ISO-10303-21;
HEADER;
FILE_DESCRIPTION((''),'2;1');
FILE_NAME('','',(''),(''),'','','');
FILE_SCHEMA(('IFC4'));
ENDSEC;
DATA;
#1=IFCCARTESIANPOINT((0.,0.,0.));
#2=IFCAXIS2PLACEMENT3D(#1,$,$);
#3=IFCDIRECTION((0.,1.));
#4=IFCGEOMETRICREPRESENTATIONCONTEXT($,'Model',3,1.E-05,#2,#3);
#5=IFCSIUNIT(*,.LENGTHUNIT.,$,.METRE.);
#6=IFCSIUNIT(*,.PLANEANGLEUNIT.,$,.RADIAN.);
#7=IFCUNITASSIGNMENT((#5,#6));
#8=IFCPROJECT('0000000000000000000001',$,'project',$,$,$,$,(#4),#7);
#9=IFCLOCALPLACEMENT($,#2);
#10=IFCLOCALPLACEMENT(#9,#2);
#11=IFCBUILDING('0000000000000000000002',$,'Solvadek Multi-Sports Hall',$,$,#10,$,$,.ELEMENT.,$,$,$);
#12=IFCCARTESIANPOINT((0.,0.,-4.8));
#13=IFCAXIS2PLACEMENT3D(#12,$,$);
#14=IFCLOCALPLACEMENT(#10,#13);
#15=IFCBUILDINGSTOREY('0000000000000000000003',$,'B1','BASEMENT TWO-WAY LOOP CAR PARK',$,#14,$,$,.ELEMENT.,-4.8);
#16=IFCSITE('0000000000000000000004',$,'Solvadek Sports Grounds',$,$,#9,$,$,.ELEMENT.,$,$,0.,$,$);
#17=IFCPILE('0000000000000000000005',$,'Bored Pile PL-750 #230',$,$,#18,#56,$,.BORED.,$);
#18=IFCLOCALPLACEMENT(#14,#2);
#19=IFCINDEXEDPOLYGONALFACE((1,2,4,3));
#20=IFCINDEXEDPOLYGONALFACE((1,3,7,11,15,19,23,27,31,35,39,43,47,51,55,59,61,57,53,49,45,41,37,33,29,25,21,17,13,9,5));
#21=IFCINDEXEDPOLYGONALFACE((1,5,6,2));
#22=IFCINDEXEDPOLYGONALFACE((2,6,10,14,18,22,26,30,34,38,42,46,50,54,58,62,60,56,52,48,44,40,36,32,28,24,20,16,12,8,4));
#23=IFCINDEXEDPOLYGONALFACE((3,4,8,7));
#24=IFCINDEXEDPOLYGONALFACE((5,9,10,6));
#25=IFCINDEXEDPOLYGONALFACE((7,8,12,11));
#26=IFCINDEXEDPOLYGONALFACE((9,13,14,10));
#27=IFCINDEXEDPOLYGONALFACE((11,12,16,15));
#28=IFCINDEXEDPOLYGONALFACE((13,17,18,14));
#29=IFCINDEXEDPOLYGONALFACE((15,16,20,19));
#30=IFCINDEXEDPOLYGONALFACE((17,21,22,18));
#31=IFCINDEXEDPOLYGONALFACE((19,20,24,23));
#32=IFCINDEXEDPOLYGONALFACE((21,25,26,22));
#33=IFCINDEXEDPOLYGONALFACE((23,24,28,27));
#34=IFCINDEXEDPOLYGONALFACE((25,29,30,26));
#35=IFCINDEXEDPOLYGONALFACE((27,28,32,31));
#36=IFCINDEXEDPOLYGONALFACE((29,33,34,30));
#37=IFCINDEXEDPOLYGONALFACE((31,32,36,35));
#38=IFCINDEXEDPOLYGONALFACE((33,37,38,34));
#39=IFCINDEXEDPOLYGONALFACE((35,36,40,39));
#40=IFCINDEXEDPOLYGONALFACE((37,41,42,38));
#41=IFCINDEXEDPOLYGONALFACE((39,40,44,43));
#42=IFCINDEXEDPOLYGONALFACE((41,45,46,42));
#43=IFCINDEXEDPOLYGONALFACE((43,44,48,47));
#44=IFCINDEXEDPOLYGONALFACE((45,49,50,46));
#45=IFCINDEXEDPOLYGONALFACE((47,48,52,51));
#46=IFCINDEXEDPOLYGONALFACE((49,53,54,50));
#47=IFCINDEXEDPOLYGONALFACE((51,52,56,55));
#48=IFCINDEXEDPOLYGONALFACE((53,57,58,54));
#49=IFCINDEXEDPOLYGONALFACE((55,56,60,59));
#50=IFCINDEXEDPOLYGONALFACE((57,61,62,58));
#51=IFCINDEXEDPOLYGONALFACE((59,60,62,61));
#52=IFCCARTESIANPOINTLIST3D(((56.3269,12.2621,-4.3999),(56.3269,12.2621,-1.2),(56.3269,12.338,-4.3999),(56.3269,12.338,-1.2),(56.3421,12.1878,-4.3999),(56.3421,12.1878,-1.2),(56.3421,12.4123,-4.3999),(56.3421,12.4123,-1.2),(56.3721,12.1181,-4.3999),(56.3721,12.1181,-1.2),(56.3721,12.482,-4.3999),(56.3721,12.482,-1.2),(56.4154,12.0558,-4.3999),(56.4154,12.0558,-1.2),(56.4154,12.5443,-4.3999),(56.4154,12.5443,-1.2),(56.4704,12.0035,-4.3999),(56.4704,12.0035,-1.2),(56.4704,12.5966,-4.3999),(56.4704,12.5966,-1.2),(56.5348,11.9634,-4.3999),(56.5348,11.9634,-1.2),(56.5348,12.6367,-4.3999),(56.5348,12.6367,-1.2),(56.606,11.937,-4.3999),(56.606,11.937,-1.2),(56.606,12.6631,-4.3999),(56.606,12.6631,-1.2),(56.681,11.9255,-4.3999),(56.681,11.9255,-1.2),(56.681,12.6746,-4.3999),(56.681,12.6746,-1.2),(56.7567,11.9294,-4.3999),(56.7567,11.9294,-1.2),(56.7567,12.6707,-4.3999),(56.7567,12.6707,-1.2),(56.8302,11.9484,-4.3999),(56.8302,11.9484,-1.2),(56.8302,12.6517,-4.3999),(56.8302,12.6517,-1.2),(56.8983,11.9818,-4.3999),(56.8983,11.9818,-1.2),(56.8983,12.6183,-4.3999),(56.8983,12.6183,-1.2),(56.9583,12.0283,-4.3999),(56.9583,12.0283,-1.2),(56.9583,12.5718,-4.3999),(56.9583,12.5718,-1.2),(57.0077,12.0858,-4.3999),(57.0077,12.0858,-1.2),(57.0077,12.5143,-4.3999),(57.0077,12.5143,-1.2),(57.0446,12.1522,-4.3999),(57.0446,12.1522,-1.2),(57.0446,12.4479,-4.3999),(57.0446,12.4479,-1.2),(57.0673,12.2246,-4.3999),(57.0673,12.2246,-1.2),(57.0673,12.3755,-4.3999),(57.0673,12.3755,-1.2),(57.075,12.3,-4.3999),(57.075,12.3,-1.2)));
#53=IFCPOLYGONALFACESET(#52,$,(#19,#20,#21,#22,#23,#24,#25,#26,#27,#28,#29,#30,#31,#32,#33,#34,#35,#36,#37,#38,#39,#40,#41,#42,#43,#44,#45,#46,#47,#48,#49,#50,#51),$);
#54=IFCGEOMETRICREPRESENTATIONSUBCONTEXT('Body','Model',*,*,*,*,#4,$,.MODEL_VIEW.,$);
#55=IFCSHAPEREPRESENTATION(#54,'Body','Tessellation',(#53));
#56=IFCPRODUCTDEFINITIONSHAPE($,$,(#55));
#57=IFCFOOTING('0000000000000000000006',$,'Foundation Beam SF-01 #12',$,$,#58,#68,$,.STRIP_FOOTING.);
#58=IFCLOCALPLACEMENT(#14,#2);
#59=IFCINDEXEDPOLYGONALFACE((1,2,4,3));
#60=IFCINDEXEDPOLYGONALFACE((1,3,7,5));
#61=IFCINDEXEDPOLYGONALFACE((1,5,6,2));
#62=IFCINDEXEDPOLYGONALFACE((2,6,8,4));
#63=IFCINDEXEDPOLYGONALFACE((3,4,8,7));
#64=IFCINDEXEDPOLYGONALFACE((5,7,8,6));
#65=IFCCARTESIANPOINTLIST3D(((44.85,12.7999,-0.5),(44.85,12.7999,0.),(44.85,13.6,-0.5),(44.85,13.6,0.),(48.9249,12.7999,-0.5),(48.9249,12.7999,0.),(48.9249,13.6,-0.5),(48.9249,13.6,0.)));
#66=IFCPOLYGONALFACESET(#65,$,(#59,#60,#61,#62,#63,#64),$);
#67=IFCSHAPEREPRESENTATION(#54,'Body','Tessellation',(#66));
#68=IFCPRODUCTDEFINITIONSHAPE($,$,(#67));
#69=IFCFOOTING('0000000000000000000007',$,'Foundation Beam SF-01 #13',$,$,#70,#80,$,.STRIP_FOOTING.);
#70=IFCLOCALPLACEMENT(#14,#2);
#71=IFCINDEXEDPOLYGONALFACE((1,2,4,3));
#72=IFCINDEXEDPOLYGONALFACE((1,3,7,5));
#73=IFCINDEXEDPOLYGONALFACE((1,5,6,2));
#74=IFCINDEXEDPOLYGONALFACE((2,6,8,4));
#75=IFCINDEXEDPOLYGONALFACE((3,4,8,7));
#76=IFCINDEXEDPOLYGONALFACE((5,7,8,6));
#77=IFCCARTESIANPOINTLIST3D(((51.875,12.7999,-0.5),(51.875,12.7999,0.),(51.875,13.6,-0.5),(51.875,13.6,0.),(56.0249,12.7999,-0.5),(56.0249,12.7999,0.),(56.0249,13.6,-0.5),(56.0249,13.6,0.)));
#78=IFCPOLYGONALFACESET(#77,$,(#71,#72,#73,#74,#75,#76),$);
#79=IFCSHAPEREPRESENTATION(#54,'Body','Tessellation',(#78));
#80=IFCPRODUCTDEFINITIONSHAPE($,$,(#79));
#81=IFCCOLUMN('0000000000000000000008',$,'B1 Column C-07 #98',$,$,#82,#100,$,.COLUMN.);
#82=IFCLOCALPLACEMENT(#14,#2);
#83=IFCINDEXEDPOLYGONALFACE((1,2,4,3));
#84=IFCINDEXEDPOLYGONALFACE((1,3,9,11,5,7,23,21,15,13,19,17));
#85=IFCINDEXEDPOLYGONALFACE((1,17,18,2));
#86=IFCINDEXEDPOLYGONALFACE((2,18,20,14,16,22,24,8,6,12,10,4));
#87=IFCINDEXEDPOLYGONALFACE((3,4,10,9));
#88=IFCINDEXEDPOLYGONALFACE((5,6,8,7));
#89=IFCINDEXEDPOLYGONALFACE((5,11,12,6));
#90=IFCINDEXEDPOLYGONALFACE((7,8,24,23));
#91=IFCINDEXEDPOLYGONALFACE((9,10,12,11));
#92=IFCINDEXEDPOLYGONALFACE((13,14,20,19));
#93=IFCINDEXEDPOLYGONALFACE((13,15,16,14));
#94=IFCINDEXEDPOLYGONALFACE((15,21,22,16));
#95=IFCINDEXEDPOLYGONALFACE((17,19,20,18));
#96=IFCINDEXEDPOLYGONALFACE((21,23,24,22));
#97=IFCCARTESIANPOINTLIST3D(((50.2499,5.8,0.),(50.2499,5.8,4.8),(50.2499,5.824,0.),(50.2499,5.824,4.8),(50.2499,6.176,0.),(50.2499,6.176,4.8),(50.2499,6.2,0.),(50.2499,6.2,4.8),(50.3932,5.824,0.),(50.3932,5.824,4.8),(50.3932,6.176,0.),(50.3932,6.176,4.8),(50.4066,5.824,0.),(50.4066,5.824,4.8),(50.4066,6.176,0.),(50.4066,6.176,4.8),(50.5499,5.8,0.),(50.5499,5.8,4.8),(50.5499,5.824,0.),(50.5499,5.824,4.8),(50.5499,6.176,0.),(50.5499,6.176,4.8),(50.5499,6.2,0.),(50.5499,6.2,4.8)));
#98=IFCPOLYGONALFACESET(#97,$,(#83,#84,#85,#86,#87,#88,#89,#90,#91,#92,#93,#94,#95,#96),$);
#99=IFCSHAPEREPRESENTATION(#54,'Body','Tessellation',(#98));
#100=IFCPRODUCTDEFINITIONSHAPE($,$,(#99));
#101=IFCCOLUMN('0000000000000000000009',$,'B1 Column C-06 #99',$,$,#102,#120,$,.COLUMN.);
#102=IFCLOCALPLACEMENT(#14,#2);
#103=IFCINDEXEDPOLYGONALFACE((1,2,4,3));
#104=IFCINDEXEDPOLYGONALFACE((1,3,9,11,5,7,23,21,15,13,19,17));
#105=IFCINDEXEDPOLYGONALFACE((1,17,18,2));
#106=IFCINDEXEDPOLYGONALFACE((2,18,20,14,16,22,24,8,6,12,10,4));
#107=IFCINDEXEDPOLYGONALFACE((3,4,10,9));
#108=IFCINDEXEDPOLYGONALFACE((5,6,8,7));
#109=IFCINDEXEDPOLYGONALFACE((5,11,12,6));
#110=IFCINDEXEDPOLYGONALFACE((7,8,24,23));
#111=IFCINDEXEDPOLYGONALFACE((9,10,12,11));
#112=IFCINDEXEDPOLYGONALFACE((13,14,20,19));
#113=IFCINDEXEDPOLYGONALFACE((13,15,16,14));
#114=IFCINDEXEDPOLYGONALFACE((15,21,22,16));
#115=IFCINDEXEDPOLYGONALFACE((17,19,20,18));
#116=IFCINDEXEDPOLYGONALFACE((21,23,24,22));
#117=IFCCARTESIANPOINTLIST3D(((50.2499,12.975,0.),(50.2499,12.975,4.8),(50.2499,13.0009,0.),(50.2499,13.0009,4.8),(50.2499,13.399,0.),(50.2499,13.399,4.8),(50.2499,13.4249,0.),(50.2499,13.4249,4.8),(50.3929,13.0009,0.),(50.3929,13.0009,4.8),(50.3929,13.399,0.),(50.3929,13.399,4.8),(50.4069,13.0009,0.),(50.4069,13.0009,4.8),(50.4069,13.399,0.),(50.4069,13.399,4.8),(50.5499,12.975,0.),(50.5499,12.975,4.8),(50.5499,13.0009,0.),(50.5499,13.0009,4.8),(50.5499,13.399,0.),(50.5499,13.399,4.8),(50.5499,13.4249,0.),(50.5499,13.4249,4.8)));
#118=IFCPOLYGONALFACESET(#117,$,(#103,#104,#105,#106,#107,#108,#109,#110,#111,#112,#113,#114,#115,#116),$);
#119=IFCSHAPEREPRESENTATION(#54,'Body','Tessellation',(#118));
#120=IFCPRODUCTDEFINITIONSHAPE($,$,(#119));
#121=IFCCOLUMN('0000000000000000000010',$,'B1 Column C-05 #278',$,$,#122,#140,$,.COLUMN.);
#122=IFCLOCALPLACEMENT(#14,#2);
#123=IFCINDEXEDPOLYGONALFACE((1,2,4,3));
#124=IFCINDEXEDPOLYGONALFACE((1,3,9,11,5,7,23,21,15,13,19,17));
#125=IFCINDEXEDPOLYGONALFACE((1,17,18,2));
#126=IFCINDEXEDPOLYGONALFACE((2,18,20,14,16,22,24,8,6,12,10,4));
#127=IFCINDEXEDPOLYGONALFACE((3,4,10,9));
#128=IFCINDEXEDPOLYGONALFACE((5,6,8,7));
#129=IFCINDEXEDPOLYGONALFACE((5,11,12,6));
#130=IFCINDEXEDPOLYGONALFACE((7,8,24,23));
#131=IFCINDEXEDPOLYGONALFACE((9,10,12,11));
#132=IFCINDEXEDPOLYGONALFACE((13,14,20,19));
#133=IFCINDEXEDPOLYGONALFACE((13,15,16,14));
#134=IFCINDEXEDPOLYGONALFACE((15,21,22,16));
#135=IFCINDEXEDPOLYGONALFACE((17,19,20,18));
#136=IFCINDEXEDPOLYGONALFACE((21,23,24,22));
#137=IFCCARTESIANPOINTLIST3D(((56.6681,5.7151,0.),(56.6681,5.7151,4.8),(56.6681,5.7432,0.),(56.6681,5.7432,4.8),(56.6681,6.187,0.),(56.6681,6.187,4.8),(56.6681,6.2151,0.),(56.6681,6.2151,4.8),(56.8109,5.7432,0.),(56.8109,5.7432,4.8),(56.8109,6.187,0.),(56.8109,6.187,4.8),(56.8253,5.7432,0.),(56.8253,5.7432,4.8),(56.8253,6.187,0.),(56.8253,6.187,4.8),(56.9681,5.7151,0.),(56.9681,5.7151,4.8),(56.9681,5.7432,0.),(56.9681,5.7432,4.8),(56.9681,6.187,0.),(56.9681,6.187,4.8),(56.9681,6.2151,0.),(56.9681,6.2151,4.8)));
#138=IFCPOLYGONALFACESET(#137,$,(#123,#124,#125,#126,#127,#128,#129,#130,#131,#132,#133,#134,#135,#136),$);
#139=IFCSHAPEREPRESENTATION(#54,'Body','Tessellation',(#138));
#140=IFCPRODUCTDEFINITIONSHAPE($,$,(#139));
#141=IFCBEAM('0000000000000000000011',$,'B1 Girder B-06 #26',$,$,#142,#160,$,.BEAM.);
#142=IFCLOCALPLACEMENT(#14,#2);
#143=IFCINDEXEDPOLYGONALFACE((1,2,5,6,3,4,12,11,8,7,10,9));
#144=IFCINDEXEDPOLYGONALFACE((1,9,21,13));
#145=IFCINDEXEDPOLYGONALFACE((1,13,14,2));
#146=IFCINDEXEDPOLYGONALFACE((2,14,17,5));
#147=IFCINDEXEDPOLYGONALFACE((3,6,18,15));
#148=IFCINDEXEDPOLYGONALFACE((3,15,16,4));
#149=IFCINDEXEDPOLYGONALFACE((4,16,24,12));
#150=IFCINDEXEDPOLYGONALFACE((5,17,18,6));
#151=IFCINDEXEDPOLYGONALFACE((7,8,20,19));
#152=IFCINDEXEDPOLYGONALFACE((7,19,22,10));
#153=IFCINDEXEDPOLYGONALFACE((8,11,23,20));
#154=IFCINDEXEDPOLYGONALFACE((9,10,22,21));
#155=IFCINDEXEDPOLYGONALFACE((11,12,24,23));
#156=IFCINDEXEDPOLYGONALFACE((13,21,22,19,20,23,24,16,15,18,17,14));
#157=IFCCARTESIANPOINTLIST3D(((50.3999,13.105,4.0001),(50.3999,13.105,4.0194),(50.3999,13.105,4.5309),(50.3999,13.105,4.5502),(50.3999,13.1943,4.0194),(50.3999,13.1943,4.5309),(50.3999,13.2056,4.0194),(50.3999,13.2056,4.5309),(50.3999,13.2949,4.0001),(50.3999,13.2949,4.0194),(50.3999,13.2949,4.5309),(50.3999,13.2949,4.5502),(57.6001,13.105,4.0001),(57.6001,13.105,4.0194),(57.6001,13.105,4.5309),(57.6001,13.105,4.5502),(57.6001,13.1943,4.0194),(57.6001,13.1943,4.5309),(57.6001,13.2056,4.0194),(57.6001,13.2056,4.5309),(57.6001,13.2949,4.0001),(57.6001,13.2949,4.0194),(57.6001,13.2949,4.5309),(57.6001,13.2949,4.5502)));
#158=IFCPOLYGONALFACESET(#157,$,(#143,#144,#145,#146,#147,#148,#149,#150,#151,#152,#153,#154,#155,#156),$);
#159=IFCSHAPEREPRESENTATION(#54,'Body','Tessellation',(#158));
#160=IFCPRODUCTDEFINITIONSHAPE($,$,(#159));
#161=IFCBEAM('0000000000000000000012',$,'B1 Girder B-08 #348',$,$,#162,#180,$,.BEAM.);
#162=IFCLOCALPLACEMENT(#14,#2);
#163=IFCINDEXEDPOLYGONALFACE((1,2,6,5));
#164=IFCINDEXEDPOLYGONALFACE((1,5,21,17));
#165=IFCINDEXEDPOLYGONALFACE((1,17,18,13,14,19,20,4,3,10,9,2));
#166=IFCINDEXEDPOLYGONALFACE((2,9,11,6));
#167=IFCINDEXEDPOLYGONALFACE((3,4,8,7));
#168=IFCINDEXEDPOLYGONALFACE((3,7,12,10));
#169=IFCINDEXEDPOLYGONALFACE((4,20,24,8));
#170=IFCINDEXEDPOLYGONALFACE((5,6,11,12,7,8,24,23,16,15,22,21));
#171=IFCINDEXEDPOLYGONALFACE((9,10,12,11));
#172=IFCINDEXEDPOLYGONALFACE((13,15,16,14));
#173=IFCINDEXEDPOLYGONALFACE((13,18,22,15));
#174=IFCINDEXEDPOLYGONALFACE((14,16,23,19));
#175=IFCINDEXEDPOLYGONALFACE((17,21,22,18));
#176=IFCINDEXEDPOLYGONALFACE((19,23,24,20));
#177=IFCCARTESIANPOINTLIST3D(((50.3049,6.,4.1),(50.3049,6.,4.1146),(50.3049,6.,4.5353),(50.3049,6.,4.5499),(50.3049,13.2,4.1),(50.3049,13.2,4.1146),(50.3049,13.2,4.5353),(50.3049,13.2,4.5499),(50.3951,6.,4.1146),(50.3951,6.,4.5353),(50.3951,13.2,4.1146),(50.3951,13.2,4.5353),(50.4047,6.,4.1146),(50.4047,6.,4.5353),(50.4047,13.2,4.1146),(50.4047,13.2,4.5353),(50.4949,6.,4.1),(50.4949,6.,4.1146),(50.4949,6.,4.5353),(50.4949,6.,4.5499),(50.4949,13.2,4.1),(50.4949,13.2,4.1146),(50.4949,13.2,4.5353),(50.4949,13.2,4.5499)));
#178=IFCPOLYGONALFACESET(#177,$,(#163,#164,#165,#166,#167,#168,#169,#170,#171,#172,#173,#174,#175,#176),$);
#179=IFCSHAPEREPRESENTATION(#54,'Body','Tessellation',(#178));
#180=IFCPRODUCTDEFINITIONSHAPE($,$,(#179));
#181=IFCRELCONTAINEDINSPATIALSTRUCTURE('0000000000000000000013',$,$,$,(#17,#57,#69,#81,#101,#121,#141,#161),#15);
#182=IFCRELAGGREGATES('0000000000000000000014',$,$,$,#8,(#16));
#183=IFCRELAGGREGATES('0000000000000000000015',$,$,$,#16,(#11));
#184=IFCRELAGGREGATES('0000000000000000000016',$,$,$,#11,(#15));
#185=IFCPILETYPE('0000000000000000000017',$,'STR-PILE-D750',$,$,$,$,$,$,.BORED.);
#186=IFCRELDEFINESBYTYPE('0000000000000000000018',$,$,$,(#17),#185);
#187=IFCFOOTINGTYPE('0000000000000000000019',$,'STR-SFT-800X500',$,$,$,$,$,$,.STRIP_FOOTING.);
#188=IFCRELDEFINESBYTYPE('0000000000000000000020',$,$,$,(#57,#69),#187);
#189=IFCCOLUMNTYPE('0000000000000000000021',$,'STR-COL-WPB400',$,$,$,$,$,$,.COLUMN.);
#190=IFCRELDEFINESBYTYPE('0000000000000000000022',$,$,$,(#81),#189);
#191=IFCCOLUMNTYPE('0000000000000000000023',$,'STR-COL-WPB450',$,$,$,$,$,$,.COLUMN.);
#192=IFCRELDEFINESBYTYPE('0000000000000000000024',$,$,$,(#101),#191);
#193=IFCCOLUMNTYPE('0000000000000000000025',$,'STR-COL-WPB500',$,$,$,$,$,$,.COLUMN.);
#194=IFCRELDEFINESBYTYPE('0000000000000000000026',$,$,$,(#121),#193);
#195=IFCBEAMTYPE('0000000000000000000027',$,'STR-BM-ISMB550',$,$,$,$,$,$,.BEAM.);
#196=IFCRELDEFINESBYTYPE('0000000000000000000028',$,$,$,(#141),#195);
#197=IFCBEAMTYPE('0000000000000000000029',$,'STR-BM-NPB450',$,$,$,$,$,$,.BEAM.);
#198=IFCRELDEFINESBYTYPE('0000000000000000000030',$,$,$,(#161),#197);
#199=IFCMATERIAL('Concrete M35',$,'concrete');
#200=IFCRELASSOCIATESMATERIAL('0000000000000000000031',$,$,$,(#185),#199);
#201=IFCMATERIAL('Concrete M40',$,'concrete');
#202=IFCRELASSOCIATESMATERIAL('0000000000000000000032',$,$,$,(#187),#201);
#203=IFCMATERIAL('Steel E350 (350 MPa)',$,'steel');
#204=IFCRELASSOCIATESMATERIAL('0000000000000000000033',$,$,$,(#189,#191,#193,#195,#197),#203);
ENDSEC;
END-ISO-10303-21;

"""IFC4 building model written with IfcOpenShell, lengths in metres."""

from ifc_helpers import new_model, si_unit, direction, frame, origin, origin_2d, place, context, subcontext, project, spatial, rectangle, circle, i_section, extrude, material, material_profile, profile_set, type_object, element, save


model = new_model("IFC4")

# Units and contexts
model_context = context("Model", 3, precision=1e-05, world=origin(), true_north=direction((0.0, 1.0)))
body_context = subcontext(model_context, "Body", "Model", "MODEL_VIEW")
ifc_project = project(units=[si_unit("LENGTHUNIT", "METRE"), si_unit("PLANEANGLEUNIT", "RADIAN")], contexts=[model_context])

# Site, building, storey
site_placement = place(None, origin())
site = spatial("IfcSite", under=ifc_project, at=site_placement, Name="Solvadek Sports Grounds", CompositionType="ELEMENT", RefElevation=0.0)
building_placement = place(site_placement, origin())
building = spatial("IfcBuilding", under=site, at=building_placement, Name="Solvadek Multi-Sports Hall", CompositionType="ELEMENT")
storey_placement = place(building_placement, frame((0.0, 0.0, -4.8)))
storey = spatial("IfcBuildingStorey", under=building, at=storey_placement, Name="B1", Description="BASEMENT TWO-WAY LOOP CAR PARK", CompositionType="ELEMENT", Elevation=-4.8)

# Shared definitions
ifc_material_1 = material(Name="Concrete M40", Category="concrete")

# Pile
ifc_material_2 = material(Name="Concrete M35", Category="concrete")
ifc_material_profile_1 = material_profile(ifc_material_2, circle(Radius=0.375, at=origin_2d()), Name="BORED PILE D750")
ifc_profile_set_1 = profile_set([ifc_material_profile_1], Name="Concrete M35")
pile_type_1 = type_object("IfcPileType", Name="STR-PILE-D750", PredefinedType="BORED", material=ifc_profile_set_1)
pile_1_placement = place(storey_placement, frame((56.7, 12.3, -1.2), z_axis=(0.0, 0.0, -1.0), x_axis=(1.0, 0.0, 0.0)))
element("IfcPile", 1, at=pile_1_placement, inside=storey, type_object=pile_type_1, Name="Bored Pile PL-750 #230", PredefinedType="BORED", context=body_context, shape_type="SweptSolid", body=[
    extrude(circle(Radius=0.375, at=origin_2d()), origin(), (0.0, 0.0, 1.0), 3.2),
])

# Footings
footing_type_1 = type_object("IfcFootingType", Name="STR-SFT-800X500", PredefinedType="STRIP_FOOTING", material=ifc_material_1)
footing_1_placement = place(storey_placement, frame((46.8875, 13.2, -0.5), z_axis=(0.0, 0.0, 1.0), x_axis=(1.0, 0.0, 0.0)))
element("IfcFooting", 2, at=footing_1_placement, inside=storey, type_object=footing_type_1, Name="Foundation Beam SF-01 #12", PredefinedType="STRIP_FOOTING", context=body_context, shape_type="SweptSolid", body=[
    extrude(rectangle(XDim=4.075, YDim=0.8, at=origin_2d()), origin(), (0.0, 0.0, 1.0), 0.5),
])
footing_2_placement = place(storey_placement, frame((53.95, 13.2, -0.5), z_axis=(0.0, 0.0, 1.0), x_axis=(1.0, 0.0, 0.0)))
element("IfcFooting", 3, at=footing_2_placement, inside=storey, type_object=footing_type_1, Name="Foundation Beam SF-01 #13", PredefinedType="STRIP_FOOTING", context=body_context, shape_type="SweptSolid", body=[
    extrude(rectangle(XDim=4.1499, YDim=0.8, at=origin_2d()), origin(), (0.0, 0.0, 1.0), 0.5),
])

# Columns
ifc_material_3 = material(Name="Steel E350 (350 MPa)", Category="steel")
ifc_material_profile_2 = material_profile(ifc_material_3, i_section(OverallWidth=0.3, OverallDepth=0.3999, WebThickness=0.0134, FlangeThickness=0.0239, at=origin_2d()), Name="WPB 400")
ifc_profile_set_2 = profile_set([ifc_material_profile_2], Name="Steel E350 (350 MPa)")
column_type_1 = type_object("IfcColumnType", Name="STR-COL-WPB400", PredefinedType="COLUMN", material=ifc_profile_set_2)
column_1_placement = place(storey_placement, frame((50.3999, 6.0, 0.0), z_axis=(0.0, 0.0, 1.0), x_axis=(1.0, 0.0, 0.0)))
element("IfcColumn", 4, at=column_1_placement, inside=storey, type_object=column_type_1, Name="B1 Column C-07 #98", PredefinedType="COLUMN", context=body_context, shape_type="SweptSolid", body=[
    extrude(i_section(OverallWidth=0.3, OverallDepth=0.3999, WebThickness=0.0134, FlangeThickness=0.0239, at=origin_2d()), origin(), (0.0, 0.0, 1.0), 4.8),
])
ifc_material_profile_3 = material_profile(ifc_material_3, i_section(OverallWidth=0.3, OverallDepth=0.45, WebThickness=0.0139, FlangeThickness=0.0259, at=origin_2d()), Name="WPB 450")
ifc_profile_set_3 = profile_set([ifc_material_profile_3], Name="Steel E350 (350 MPa)")
column_type_2 = type_object("IfcColumnType", Name="STR-COL-WPB450", PredefinedType="COLUMN", material=ifc_profile_set_3)
column_2_placement = place(storey_placement, frame((50.3999, 13.2, 0.0), z_axis=(0.0, 0.0, 1.0), x_axis=(1.0, 0.0, 0.0)))
element("IfcColumn", 5, at=column_2_placement, inside=storey, type_object=column_type_2, Name="B1 Column C-06 #99", PredefinedType="COLUMN", context=body_context, shape_type="SweptSolid", body=[
    extrude(i_section(OverallWidth=0.3, OverallDepth=0.45, WebThickness=0.0139, FlangeThickness=0.0259, at=origin_2d()), origin(), (0.0, 0.0, 1.0), 4.8),
])
ifc_material_profile_4 = material_profile(ifc_material_3, i_section(OverallWidth=0.3, OverallDepth=0.5, WebThickness=0.0144, FlangeThickness=0.0281, at=origin_2d()), Name="WPB 500")
ifc_profile_set_4 = profile_set([ifc_material_profile_4], Name="Steel E350 (350 MPa)")
column_type_3 = type_object("IfcColumnType", Name="STR-COL-WPB500", PredefinedType="COLUMN", material=ifc_profile_set_4)
column_3_placement = place(storey_placement, frame((56.8181, 5.9651, 0.0), z_axis=(0.0, 0.0, 1.0), x_axis=(1.0, 0.0, 0.0)))
element("IfcColumn", 6, at=column_3_placement, inside=storey, type_object=column_type_3, Name="B1 Column C-05 #278", PredefinedType="COLUMN", context=body_context, shape_type="SweptSolid", body=[
    extrude(i_section(OverallWidth=0.3, OverallDepth=0.5, WebThickness=0.0144, FlangeThickness=0.0281, at=origin_2d()), origin(), (0.0, 0.0, 1.0), 4.8),
])

# Beams
ifc_material_profile_5 = material_profile(ifc_material_3, i_section(OverallWidth=0.1899, OverallDepth=0.55, WebThickness=0.0112, FlangeThickness=0.0193, at=origin_2d()), Name="ISMB 550")
ifc_profile_set_5 = profile_set([ifc_material_profile_5], Name="Steel E350 (350 MPa)")
beam_type_1 = type_object("IfcBeamType", Name="STR-BM-ISMB550", PredefinedType="BEAM", material=ifc_profile_set_5)
beam_1_placement = place(storey_placement, frame((50.3999, 13.2, 4.2751), z_axis=(1.0, 0.0, 0.0), x_axis=(0.0, 1.0, 0.0)))
element("IfcBeam", 7, at=beam_1_placement, inside=storey, type_object=beam_type_1, Name="B1 Girder B-06 #26", PredefinedType="BEAM", context=body_context, shape_type="SweptSolid", body=[
    extrude(i_section(OverallWidth=0.1899, OverallDepth=0.55, WebThickness=0.0112, FlangeThickness=0.0193, at=origin_2d()), origin(), (0.0, 0.0, 1.0), 7.2002),
])
ifc_material_profile_6 = material_profile(ifc_material_3, i_section(OverallWidth=0.1899, OverallDepth=0.45, WebThickness=0.0095, FlangeThickness=0.0146, at=origin_2d()), Name="NPB 450")
ifc_profile_set_6 = profile_set([ifc_material_profile_6], Name="Steel E350 (350 MPa)")
beam_type_2 = type_object("IfcBeamType", Name="STR-BM-NPB450", PredefinedType="BEAM", material=ifc_profile_set_6)
for number, where, z_axis, x_axis, name in (
    (8, (50.3999, 6.0, 4.325), (0.0, 1.0, 0.0), (-1.0, 0.0, 0.0), "B1 Girder B-08 #348"),
):
    element("IfcBeam", number, at=place(storey_placement, frame(where, z_axis=z_axis, x_axis=x_axis)), inside=storey, type_object=beam_type_2, Name=name, PredefinedType="BEAM", context=body_context, shape_type="SweptSolid", body=[
        extrude(i_section(OverallWidth=0.1899, OverallDepth=0.45, WebThickness=0.0095, FlangeThickness=0.0146, at=origin_2d()), origin(), (0.0, 0.0, 1.0), 7.2),
    ])

save(model, "model.ifc")
